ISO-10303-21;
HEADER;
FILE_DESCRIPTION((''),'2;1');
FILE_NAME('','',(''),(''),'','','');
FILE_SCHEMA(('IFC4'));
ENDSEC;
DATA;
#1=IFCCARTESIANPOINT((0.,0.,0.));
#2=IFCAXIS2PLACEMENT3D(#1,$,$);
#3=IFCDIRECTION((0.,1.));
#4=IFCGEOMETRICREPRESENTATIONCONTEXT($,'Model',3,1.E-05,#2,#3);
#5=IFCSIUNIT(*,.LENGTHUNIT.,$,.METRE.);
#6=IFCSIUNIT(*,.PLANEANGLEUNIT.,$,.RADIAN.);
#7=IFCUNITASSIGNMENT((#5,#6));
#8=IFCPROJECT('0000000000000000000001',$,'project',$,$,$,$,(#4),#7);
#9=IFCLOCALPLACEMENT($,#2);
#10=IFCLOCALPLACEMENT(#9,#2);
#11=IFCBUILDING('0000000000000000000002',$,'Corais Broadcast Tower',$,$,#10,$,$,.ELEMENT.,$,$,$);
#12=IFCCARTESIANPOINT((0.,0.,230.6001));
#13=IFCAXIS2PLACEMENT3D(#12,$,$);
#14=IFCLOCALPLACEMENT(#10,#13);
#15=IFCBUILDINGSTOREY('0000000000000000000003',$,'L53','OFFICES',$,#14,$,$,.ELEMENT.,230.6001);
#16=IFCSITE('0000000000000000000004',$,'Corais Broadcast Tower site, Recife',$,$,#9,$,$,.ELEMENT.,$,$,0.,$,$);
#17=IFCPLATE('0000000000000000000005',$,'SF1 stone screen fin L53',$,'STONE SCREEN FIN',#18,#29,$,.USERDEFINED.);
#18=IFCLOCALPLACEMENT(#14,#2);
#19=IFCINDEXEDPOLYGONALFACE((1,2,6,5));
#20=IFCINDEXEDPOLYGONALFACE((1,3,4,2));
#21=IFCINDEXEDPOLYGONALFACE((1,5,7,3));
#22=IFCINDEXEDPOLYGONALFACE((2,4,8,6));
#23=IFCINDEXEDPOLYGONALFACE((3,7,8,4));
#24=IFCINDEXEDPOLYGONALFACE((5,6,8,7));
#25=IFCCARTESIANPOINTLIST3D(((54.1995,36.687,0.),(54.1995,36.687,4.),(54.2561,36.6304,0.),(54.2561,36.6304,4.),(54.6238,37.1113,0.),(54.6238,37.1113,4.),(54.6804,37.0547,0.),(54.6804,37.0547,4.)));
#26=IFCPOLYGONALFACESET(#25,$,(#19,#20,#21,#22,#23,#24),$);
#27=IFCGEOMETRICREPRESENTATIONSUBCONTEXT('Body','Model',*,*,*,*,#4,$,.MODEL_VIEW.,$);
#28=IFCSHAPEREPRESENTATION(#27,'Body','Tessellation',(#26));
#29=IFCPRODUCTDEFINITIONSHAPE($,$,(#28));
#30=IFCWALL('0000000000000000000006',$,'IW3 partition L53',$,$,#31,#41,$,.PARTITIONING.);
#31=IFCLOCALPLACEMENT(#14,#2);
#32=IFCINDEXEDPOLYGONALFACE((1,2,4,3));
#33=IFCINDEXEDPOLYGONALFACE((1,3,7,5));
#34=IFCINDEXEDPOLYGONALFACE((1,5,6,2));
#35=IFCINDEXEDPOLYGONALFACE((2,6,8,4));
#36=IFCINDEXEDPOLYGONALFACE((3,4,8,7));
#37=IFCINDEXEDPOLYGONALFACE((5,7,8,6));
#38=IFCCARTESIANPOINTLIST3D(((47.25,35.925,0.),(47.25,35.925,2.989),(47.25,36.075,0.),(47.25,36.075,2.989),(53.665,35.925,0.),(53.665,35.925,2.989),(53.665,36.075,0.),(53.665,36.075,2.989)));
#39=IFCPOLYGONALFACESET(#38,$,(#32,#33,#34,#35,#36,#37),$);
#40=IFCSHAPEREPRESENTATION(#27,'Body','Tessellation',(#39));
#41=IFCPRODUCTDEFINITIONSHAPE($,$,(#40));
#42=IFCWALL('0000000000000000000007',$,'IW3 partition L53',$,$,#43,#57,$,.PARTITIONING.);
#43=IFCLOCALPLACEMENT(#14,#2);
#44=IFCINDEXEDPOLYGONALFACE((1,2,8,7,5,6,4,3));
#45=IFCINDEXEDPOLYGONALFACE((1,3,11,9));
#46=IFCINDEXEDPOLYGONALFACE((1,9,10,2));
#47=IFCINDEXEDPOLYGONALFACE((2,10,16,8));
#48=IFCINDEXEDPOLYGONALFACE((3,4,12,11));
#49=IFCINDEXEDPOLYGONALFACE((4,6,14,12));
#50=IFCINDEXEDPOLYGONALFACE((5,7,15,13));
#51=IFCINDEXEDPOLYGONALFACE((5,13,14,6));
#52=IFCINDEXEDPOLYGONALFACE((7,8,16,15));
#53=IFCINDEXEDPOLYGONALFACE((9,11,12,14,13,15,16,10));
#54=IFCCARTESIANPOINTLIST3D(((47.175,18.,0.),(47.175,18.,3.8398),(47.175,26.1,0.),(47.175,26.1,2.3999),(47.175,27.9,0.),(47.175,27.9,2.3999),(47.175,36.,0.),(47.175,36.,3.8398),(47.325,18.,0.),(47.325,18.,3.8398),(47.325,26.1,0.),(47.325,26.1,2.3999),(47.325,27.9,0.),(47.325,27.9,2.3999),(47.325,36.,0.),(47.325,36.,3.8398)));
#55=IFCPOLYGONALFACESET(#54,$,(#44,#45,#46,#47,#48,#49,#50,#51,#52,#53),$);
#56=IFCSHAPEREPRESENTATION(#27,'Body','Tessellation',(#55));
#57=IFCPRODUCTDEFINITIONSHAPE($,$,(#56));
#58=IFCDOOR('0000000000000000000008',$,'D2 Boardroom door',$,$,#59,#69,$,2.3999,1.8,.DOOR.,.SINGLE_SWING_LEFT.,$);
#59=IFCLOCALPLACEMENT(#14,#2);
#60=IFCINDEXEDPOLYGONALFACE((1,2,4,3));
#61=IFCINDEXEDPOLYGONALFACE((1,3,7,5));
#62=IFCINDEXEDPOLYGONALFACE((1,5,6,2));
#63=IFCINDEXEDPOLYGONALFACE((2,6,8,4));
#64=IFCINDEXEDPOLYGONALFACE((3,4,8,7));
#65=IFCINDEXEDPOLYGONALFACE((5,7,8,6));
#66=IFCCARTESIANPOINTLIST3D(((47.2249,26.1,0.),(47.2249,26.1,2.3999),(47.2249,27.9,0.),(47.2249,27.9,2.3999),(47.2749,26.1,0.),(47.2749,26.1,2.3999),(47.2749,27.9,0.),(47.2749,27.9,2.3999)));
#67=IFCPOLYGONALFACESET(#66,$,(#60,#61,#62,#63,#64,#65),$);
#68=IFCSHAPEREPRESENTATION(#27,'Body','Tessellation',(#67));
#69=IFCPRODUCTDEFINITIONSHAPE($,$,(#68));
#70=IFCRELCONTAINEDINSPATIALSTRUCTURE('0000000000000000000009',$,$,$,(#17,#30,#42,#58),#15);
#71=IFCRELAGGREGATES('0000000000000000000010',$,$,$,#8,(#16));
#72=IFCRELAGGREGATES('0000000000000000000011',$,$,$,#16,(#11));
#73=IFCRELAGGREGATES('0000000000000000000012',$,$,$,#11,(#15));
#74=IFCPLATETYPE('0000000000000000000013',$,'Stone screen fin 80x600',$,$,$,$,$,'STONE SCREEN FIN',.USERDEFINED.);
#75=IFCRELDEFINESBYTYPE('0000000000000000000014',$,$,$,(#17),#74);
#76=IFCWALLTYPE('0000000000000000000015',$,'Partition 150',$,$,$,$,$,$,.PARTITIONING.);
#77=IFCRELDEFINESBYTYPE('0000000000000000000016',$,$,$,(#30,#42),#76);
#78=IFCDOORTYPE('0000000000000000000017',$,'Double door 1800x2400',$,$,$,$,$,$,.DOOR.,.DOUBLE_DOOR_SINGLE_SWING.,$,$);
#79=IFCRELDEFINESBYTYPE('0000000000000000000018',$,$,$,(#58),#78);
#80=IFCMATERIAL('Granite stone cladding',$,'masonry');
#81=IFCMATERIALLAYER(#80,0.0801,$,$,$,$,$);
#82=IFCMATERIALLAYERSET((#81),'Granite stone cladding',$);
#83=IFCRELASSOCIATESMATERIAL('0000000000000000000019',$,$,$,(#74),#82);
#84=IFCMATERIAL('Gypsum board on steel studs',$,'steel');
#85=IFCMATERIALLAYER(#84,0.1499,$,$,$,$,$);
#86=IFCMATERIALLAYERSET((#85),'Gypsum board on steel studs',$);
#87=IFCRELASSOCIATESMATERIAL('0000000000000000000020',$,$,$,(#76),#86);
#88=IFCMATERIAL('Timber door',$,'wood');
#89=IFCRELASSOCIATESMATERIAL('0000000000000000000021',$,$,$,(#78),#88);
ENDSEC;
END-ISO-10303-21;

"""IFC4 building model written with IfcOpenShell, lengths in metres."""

from ifc_helpers import new_model, si_unit, direction, frame, frame_2d, origin, origin_2d, place, context, subcontext, project, spatial, rectangle, extrude, material, layer, layer_set, type_object, element, fill, save


model = new_model("IFC4")

# Units and contexts
model_context = context("Model", 3, precision=1e-05, world=origin(), true_north=direction((0.0, 1.0)))
body_context = subcontext(model_context, "Body", "Model", "MODEL_VIEW")
ifc_project = project(units=[si_unit("LENGTHUNIT", "METRE"), si_unit("PLANEANGLEUNIT", "RADIAN")], contexts=[model_context])

# Site, building, storey
site_placement = place(None, origin())
site = spatial("IfcSite", under=ifc_project, at=site_placement, Name="Corais Broadcast Tower site, Recife", CompositionType="ELEMENT", RefElevation=0.0)
building_placement = place(site_placement, origin())
building = spatial("IfcBuilding", under=site, at=building_placement, Name="Corais Broadcast Tower", CompositionType="ELEMENT")
storey_placement = place(building_placement, frame((0.0, 0.0, 230.6001)))
storey = spatial("IfcBuildingStorey", under=building, at=storey_placement, Name="L53", Description="OFFICES", CompositionType="ELEMENT", Elevation=230.6001)

# Plate
ifc_material_1 = material(Name="Granite stone cladding", Category="masonry")
ifc_layer_1 = layer(ifc_material_1, 0.0801)
ifc_layer_set_1 = layer_set([ifc_layer_1], Name="Granite stone cladding")
plate_type_1 = type_object("IfcPlateType", Name="Stone screen fin 80x600", ElementType="STONE SCREEN FIN", PredefinedType="USERDEFINED", material=ifc_layer_set_1)
plate_1_placement = place(storey_placement, frame((54.4399, 36.8708, 0.0), z_axis=(0.0, 0.0, 1.0), x_axis=(0.707107, -0.707107, 0.0)))
element("IfcPlate", 1, at=plate_1_placement, inside=storey, type_object=plate_type_1, Name="SF1 stone screen fin L53", ObjectType="STONE SCREEN FIN", PredefinedType="USERDEFINED", context=body_context, shape_type="SweptSolid", body=[
    extrude(rectangle(XDim=0.0801, YDim=0.6001, at=origin_2d()), origin(), (0.0, 0.0, 1.0), 4.0),
])

# Wall
ifc_material_2 = material(Name="Gypsum board on steel studs", Category="steel")
ifc_layer_2 = layer(ifc_material_2, 0.1499)
ifc_layer_set_2 = layer_set([ifc_layer_2], Name="Gypsum board on steel studs")
wall_type = type_object("IfcWallType", Name="Partition 150", PredefinedType="PARTITIONING", material=ifc_layer_set_2)
wall_1_placement = place(storey_placement, frame((53.665, 36.0, 0.0), z_axis=(0.0, 0.0, 1.0), x_axis=(-1.0, 0.0, 0.0)))
element("IfcWall", 2, at=wall_1_placement, inside=storey, type_object=wall_type, Name="IW3 partition L53", PredefinedType="PARTITIONING", context=body_context, shape_type="SweptSolid", body=[
    extrude(rectangle(XDim=6.415, YDim=0.1499, at=frame_2d((3.2075, 0.0))), origin(), (0.0, 0.0, 1.0), 2.989),
])

# Wall, opening, door
wall_2_placement = place(storey_placement, frame((47.25, 36.0, 0.0), z_axis=(0.0, 0.0, 1.0), x_axis=(0.0, -1.0, 0.0)))
wall_2 = element("IfcWall", 3, at=wall_2_placement, inside=storey, type_object=wall_type, Name="IW3 partition L53", PredefinedType="PARTITIONING", context=body_context, shape_type="SweptSolid", body=[
    extrude(rectangle(XDim=18.0, YDim=0.1499, at=frame_2d((9.0, 0.0))), origin(), (0.0, 0.0, 1.0), 3.8398),
])
opening_placement = place(wall_2_placement, frame((8.1001, 0.0, 0.0)))
opening = element("IfcOpeningElement", 4, at=opening_placement, cuts=wall_2, PredefinedType="OPENING", context=body_context, shape_type="SweptSolid", body=[
    extrude(rectangle(XDim=1.8, YDim=2.3999, at=frame_2d((0.8999, 1.2))), frame((0.0, 0.085, 0.0), z_axis=(0.0, -1.0, 0.0), x_axis=(1.0, 0.0, 0.0)), (0.0, 0.0, 1.0), 0.1699),
])
ifc_material_3 = material(Name="Timber door", Category="wood")
door_type = type_object("IfcDoorType", Name="Double door 1800x2400", OperationType="DOUBLE_DOOR_SINGLE_SWING", PredefinedType="DOOR", material=ifc_material_3)
door_placement = place(opening_placement, origin())
door = element("IfcDoor", 5, at=door_placement, inside=storey, type_object=door_type, Name="D2 Boardroom door", OperationType="SINGLE_SWING_LEFT", OverallHeight=2.3999, OverallWidth=1.8, PredefinedType="DOOR", context=body_context, shape_type="SweptSolid", body=[
    extrude(rectangle(XDim=1.8, YDim=2.3999, at=frame_2d((0.8999, 1.2))), frame((0.0, 0.0249, 0.0), z_axis=(0.0, -1.0, 0.0), x_axis=(1.0, 0.0, 0.0)), (0.0, 0.0, 1.0), 0.05),
])
fill(opening, door)

save(model, "model.ifc")
